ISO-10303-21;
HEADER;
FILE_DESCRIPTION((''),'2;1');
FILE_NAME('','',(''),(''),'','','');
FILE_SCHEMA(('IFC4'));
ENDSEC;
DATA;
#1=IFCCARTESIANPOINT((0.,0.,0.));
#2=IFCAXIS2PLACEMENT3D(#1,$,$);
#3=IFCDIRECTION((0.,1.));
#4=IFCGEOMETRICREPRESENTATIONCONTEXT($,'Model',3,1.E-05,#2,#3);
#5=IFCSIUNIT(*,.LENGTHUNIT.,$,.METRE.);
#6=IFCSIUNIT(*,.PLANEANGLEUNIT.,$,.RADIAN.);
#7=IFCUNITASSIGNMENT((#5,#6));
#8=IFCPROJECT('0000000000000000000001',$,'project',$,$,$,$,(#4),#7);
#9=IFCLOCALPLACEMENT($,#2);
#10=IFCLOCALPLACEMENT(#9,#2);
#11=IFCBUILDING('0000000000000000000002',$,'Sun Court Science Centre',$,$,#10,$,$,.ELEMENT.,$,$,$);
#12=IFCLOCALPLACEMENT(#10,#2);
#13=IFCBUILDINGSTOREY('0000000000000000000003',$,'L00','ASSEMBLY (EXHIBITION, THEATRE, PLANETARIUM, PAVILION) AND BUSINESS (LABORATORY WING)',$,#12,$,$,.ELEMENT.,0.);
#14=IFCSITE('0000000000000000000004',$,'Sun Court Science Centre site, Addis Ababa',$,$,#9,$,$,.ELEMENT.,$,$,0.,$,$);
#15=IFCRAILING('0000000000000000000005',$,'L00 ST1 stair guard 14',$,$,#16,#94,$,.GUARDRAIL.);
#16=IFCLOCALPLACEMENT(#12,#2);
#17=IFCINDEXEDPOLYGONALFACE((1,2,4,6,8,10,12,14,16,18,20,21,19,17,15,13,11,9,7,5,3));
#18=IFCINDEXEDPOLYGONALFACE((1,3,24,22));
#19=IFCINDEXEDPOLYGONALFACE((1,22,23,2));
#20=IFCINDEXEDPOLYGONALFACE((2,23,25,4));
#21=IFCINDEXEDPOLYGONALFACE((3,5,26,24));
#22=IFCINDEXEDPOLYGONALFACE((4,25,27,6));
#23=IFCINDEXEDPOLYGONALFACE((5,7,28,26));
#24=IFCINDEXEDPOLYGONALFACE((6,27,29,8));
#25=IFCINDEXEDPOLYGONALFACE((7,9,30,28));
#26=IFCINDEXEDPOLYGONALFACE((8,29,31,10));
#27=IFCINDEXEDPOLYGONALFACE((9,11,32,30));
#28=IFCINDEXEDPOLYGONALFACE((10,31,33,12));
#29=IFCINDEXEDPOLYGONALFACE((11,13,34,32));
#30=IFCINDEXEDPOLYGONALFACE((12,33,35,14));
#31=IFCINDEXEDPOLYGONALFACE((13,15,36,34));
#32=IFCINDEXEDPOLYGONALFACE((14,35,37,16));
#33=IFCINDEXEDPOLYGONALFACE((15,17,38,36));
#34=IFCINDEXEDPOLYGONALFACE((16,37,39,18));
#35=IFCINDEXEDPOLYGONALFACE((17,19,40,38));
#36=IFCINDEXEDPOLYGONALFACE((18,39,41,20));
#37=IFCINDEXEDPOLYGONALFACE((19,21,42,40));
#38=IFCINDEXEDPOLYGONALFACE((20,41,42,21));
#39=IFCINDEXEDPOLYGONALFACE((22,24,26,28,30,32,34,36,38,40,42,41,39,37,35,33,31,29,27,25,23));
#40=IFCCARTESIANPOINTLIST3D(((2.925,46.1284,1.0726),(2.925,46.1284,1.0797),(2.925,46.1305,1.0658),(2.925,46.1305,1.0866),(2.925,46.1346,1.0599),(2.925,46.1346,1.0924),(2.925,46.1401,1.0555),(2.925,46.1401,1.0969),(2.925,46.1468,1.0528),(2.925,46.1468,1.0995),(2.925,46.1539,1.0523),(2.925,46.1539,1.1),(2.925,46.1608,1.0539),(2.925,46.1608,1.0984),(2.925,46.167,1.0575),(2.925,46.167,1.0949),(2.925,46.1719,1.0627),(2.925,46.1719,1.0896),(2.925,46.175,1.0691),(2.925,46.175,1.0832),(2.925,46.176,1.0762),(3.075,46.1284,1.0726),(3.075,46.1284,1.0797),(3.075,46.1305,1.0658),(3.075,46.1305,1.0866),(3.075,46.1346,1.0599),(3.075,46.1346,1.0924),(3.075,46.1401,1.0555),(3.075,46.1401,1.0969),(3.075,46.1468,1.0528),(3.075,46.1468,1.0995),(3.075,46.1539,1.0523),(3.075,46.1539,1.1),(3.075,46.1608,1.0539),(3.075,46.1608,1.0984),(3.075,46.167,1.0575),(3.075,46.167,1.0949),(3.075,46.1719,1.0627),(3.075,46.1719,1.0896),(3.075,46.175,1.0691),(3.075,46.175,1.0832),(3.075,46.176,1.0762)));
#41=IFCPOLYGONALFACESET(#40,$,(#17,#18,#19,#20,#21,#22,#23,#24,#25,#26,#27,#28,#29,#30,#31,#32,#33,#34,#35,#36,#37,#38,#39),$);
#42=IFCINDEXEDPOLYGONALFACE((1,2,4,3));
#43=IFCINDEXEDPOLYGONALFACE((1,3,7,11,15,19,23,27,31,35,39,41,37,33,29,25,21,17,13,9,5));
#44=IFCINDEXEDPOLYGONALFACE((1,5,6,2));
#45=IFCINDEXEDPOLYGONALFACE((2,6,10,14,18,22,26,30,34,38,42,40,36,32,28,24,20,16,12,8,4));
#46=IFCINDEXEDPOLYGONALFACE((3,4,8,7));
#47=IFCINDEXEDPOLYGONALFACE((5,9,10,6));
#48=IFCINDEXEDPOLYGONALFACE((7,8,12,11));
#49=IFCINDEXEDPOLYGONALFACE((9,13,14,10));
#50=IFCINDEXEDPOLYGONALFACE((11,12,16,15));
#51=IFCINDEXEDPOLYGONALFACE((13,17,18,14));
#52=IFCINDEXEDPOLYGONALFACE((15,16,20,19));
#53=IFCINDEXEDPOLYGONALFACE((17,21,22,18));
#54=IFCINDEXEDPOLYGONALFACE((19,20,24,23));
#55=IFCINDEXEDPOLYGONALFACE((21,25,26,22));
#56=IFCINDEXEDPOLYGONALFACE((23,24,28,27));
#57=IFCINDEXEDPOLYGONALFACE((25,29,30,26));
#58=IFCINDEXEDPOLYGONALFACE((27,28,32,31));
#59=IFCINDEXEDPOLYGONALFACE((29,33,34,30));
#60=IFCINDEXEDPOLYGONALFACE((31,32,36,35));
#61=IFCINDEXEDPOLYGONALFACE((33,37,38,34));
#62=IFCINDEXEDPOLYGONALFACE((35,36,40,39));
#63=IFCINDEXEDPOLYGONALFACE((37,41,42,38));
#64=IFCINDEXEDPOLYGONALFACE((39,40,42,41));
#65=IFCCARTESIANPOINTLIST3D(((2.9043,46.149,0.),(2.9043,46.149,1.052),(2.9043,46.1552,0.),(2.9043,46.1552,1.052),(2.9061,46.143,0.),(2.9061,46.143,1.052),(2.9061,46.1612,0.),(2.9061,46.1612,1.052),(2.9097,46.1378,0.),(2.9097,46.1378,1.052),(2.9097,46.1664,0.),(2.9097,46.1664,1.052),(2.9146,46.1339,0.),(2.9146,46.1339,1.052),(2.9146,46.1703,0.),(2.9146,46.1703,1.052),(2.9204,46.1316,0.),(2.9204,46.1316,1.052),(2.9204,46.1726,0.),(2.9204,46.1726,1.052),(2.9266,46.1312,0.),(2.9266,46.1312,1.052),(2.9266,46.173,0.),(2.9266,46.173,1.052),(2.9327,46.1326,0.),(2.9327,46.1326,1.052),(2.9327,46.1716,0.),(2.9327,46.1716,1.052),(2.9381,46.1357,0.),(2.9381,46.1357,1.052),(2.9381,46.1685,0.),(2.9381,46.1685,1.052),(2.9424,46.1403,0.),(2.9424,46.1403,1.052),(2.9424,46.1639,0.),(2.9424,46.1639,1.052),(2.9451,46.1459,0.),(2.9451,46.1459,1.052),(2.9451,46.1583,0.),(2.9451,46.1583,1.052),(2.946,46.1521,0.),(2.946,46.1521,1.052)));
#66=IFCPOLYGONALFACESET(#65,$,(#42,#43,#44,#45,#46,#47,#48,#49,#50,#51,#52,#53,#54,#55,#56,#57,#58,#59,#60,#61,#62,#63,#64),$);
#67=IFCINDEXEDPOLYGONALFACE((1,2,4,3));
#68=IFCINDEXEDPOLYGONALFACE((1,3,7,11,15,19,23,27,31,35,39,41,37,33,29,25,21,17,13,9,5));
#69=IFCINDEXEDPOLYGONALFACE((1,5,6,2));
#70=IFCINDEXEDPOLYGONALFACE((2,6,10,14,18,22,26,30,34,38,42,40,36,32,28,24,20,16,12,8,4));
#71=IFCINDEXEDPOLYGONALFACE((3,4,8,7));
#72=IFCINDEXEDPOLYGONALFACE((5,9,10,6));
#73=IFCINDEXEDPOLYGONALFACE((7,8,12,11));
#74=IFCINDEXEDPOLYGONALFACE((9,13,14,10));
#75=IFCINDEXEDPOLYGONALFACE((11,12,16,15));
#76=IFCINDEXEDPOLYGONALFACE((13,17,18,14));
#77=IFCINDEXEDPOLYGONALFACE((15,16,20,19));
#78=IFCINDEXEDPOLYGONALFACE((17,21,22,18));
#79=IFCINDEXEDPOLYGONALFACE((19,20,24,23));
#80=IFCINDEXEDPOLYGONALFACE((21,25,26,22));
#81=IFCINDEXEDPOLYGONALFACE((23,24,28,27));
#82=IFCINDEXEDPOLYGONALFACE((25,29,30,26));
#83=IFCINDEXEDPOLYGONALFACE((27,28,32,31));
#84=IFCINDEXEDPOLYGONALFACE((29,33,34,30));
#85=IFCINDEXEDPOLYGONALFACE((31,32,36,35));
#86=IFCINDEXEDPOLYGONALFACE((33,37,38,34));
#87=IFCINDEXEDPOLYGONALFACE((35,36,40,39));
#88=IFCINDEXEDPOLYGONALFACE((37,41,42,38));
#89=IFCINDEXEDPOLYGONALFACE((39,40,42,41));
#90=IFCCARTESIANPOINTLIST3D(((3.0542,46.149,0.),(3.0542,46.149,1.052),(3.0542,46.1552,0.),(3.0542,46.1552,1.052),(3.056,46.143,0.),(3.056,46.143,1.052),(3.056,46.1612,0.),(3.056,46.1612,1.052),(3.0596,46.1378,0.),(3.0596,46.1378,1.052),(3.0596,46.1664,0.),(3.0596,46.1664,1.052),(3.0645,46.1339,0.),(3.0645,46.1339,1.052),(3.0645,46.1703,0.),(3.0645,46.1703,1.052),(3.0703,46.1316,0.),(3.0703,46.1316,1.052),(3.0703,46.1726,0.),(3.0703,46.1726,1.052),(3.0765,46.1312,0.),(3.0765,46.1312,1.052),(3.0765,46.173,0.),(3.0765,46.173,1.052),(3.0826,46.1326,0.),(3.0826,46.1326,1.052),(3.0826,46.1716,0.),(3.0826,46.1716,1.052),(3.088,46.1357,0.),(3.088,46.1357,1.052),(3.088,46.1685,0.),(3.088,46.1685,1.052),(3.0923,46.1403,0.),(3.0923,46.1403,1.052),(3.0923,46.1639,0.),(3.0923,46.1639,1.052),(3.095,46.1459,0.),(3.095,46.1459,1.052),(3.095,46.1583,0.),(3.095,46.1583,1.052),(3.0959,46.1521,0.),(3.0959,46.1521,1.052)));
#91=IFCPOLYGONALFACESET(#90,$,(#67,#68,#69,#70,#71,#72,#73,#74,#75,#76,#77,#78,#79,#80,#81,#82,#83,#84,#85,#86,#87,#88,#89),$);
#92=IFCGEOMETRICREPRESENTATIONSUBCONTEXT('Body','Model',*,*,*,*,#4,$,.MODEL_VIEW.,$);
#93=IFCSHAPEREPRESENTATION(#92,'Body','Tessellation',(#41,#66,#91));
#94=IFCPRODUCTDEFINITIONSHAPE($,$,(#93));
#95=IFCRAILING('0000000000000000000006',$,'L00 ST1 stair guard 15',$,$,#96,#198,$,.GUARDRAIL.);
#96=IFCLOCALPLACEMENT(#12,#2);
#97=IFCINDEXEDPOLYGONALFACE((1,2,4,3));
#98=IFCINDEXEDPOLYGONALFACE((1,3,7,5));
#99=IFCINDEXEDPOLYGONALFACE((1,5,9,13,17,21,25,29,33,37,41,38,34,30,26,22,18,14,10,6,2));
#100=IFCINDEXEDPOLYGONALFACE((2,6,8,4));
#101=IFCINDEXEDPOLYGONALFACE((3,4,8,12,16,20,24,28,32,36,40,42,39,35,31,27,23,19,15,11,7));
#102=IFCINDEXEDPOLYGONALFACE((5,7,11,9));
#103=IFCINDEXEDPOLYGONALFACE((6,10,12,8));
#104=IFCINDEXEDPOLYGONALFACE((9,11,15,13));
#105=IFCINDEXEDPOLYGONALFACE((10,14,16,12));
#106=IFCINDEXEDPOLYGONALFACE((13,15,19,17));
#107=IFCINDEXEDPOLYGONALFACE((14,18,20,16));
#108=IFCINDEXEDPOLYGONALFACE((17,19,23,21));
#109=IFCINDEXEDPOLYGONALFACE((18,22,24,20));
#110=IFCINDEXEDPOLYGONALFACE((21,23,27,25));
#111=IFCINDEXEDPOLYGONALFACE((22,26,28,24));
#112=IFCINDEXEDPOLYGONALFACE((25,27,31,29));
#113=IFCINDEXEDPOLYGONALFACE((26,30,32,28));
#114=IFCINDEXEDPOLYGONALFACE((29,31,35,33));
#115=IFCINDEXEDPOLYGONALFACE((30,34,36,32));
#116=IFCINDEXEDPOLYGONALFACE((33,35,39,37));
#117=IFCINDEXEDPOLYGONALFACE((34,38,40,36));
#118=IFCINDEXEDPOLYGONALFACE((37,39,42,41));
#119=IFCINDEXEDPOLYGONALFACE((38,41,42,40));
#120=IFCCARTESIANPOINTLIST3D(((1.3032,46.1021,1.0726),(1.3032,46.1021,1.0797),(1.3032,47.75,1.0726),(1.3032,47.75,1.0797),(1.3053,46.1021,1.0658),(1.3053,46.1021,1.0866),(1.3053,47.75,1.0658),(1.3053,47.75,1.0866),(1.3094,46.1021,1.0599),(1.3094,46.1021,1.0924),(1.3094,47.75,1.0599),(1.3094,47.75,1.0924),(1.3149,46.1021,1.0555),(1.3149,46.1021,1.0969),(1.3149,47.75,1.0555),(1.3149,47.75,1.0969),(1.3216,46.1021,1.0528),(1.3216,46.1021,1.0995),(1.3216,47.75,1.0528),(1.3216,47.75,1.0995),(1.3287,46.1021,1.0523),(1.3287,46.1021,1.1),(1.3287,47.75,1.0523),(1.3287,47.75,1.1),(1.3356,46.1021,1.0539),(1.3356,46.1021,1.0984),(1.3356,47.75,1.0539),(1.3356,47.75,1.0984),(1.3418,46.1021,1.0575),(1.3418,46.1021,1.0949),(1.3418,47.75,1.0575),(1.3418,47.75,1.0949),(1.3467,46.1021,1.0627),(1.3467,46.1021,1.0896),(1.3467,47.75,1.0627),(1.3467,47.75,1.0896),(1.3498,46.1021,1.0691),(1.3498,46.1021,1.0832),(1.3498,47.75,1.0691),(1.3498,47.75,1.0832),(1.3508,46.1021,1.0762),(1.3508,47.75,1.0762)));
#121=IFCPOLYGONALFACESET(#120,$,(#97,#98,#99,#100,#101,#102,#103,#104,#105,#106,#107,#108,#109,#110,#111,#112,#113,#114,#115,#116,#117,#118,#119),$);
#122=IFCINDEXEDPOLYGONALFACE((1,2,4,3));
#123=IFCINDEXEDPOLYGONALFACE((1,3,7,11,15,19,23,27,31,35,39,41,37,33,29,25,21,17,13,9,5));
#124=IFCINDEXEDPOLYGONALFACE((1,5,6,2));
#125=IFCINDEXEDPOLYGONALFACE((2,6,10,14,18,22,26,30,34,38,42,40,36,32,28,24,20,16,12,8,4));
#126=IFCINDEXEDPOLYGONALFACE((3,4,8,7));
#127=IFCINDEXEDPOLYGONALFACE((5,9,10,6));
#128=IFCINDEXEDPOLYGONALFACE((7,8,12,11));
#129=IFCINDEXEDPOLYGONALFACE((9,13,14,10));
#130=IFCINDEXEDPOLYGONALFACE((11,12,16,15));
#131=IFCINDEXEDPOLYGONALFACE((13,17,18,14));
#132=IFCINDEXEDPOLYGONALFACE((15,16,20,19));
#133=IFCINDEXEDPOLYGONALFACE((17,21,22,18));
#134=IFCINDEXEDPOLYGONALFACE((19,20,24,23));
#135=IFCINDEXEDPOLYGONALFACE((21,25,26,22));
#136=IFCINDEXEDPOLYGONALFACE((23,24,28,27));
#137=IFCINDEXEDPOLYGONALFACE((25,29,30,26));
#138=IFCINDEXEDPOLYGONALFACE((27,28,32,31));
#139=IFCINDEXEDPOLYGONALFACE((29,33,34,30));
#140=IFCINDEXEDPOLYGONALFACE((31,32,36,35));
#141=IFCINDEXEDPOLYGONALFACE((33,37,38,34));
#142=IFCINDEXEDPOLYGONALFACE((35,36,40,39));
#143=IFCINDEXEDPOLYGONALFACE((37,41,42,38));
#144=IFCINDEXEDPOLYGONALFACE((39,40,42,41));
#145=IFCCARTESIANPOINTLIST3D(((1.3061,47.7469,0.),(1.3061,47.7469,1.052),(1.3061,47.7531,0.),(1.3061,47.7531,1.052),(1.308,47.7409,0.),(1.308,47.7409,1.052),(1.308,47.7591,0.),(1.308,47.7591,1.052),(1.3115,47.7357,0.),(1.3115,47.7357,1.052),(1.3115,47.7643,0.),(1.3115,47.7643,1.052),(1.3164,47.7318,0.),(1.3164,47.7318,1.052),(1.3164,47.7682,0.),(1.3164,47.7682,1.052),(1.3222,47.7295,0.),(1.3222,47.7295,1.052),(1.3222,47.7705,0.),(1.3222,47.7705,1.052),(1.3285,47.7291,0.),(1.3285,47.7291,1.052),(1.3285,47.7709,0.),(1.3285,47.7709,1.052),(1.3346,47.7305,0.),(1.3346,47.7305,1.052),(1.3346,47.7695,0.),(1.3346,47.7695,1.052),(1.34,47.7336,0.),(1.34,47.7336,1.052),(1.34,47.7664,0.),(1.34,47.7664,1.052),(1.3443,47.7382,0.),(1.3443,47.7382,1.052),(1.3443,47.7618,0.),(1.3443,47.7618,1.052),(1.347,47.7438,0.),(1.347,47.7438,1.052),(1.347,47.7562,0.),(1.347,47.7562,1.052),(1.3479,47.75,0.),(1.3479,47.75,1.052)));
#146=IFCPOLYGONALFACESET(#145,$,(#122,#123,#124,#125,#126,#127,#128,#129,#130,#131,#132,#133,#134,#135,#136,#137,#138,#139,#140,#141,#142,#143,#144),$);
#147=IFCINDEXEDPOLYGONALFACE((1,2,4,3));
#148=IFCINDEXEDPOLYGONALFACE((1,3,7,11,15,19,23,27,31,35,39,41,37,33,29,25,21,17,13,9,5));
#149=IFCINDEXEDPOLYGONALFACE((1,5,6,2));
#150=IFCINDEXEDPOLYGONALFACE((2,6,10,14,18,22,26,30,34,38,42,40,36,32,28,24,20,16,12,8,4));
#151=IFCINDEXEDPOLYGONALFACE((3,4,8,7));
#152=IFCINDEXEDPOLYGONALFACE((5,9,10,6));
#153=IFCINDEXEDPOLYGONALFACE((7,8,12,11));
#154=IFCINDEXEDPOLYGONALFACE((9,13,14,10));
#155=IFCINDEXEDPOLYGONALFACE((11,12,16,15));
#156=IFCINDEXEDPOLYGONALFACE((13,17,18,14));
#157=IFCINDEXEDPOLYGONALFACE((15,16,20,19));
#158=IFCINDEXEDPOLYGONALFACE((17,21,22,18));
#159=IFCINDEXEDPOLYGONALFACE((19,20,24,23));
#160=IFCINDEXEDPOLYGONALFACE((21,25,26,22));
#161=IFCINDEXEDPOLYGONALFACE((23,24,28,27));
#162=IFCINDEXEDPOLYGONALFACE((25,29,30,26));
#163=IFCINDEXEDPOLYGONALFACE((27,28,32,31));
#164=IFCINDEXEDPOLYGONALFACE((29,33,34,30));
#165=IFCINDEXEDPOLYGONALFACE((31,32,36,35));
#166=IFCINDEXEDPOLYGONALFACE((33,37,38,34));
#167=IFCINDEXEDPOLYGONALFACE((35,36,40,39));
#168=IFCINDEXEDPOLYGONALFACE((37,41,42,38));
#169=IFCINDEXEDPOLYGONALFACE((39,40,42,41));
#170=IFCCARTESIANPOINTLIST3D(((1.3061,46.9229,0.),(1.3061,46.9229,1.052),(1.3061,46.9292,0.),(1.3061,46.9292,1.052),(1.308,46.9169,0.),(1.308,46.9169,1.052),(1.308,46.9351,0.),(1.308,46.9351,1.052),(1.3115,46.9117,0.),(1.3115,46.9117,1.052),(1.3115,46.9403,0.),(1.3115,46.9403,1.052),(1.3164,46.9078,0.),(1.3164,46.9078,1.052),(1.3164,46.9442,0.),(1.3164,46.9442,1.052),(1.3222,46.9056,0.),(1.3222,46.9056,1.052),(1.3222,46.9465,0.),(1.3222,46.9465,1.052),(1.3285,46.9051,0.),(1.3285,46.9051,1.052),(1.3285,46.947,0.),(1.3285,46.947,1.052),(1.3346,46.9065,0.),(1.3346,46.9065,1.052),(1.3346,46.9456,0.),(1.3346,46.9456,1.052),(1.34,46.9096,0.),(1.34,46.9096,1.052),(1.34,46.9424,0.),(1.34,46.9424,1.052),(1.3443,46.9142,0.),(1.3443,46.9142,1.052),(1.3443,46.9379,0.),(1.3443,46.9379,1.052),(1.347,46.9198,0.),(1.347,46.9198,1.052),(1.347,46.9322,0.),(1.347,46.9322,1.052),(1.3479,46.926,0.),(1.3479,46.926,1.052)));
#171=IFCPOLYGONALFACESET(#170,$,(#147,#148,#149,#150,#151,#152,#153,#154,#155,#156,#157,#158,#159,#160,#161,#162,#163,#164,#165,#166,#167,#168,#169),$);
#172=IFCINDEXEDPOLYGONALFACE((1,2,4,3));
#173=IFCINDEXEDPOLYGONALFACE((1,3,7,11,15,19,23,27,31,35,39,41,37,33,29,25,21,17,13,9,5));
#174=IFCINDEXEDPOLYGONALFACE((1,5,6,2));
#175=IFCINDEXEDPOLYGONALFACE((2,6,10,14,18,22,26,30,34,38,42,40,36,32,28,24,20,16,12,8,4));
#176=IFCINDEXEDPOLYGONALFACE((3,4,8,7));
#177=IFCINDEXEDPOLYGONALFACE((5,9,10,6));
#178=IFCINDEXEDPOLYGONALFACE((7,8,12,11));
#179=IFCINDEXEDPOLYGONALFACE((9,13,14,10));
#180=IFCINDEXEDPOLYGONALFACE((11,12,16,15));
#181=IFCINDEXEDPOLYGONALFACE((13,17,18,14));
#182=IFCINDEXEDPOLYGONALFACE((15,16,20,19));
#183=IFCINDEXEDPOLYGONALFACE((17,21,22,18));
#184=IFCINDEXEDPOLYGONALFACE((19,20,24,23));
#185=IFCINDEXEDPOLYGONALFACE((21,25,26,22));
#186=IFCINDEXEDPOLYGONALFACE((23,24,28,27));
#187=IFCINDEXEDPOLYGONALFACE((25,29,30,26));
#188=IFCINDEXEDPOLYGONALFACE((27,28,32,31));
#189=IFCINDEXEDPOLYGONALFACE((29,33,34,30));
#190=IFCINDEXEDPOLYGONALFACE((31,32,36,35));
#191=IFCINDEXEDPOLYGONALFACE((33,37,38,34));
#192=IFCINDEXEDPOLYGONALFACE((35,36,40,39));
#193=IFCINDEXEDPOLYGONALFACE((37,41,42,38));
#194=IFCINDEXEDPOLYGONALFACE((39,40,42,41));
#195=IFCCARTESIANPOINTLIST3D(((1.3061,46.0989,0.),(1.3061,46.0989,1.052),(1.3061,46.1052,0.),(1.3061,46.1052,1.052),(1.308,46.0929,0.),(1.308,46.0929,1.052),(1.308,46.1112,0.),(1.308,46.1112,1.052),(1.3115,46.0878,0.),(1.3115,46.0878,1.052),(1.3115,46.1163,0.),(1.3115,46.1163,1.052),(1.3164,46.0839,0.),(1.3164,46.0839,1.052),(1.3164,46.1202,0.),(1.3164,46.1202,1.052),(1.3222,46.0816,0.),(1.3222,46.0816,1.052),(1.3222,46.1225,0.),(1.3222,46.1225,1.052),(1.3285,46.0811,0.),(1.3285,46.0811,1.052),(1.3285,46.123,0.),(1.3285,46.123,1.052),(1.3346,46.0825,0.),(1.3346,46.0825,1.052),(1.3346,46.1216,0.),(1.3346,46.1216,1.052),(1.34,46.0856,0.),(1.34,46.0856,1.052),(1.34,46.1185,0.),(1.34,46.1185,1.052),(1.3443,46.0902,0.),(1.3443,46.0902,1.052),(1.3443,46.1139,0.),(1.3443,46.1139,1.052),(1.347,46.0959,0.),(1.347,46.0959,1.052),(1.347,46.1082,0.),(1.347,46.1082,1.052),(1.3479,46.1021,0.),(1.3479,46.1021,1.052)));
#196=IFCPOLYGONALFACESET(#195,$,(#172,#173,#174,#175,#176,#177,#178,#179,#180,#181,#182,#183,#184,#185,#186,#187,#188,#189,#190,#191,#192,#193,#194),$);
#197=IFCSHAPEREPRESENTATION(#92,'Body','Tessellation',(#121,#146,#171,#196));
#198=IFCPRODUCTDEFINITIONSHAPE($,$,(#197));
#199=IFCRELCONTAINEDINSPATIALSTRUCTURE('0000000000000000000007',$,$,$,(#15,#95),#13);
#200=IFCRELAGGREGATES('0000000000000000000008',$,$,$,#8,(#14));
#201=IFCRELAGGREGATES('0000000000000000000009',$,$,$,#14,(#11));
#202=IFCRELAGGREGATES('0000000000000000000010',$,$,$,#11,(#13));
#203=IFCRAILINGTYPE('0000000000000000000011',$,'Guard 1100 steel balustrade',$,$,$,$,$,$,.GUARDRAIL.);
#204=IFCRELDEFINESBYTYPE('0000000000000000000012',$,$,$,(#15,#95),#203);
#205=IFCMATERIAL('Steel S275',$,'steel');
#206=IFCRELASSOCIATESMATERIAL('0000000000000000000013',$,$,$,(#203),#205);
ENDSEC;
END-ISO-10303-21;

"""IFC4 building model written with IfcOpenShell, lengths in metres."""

from ifc_helpers import new_model, si_unit, direction, frame, origin, origin_2d, place, context, subcontext, project, spatial, circle, extrude, material, type_object, element, save


model = new_model("IFC4")

# Units and contexts
model_context = context("Model", 3, precision=1e-05, world=origin(), true_north=direction((0.0, 1.0)))
body_context = subcontext(model_context, "Body", "Model", "MODEL_VIEW")
ifc_project = project(units=[si_unit("LENGTHUNIT", "METRE"), si_unit("PLANEANGLEUNIT", "RADIAN")], contexts=[model_context])

# Site, building, storey
site_placement = place(None, origin())
site = spatial("IfcSite", under=ifc_project, at=site_placement, Name="Sun Court Science Centre site, Addis Ababa", CompositionType="ELEMENT", RefElevation=0.0)
building_placement = place(site_placement, origin())
building = spatial("IfcBuilding", under=site, at=building_placement, Name="Sun Court Science Centre", CompositionType="ELEMENT")
storey_placement = place(building_placement, origin())
storey = spatial("IfcBuildingStorey", under=building, at=storey_placement, Name="L00", Description="ASSEMBLY (EXHIBITION, THEATRE, PLANETARIUM, PAVILION) AND BUSINESS (LABORATORY WING)", CompositionType="ELEMENT", Elevation=0.0)

# Railings
ifc_material_1 = material(Name="Steel S275", Category="steel")
railing_type_1 = type_object("IfcRailingType", Name="Guard 1100 steel balustrade", PredefinedType="GUARDRAIL", material=ifc_material_1)
railing_1_placement = place(storey_placement, frame((2.925, 46.1521, 0.0)))
element("IfcRailing", 1, at=railing_1_placement, inside=storey, type_object=railing_type_1, Name="L00 ST1 stair guard 14", PredefinedType="GUARDRAIL", context=body_context, shape_type="SweptSolid", body=[
    extrude(circle(Radius=0.0239, at=origin_2d()), frame((0.0, 0.0, 1.0762), z_axis=(1.0, 0.0, 0.0), x_axis=(0.0, 1.0, 0.0)), (0.0, 0.0, 1.0), 0.1499),
    extrude(circle(Radius=0.021, at=origin_2d()), origin(), (0.0, 0.0, 1.0), 1.052),
    extrude(circle(Radius=0.021, at=origin_2d()), frame((0.1499, 0.0, 0.0)), (0.0, 0.0, 1.0), 1.052),
])
for number, where, name in (
    (2, (1.3269, 47.75, 0.0), "L00 ST1 stair guard 15"),
):
    element("IfcRailing", number, at=place(storey_placement, frame(where)), inside=storey, type_object=railing_type_1, Name=name, PredefinedType="GUARDRAIL", context=body_context, shape_type="SweptSolid", body=[
        extrude(circle(Radius=0.0239, at=origin_2d()), frame((0.0, 0.0, 1.0762), z_axis=(0.0, -1.0, 0.0), x_axis=(1.0, 0.0, 0.0)), (0.0, 0.0, 1.0), 1.6479),
        extrude(circle(Radius=0.021, at=origin_2d()), origin(), (0.0, 0.0, 1.0), 1.052),
        extrude(circle(Radius=0.021, at=origin_2d()), frame((0.0, -0.824, 0.0)), (0.0, 0.0, 1.0), 1.052),
        extrude(circle(Radius=0.021, at=origin_2d()), frame((0.0, -1.6479, 0.0)), (0.0, 0.0, 1.0), 1.052),
    ])

save(model, "model.ifc")
